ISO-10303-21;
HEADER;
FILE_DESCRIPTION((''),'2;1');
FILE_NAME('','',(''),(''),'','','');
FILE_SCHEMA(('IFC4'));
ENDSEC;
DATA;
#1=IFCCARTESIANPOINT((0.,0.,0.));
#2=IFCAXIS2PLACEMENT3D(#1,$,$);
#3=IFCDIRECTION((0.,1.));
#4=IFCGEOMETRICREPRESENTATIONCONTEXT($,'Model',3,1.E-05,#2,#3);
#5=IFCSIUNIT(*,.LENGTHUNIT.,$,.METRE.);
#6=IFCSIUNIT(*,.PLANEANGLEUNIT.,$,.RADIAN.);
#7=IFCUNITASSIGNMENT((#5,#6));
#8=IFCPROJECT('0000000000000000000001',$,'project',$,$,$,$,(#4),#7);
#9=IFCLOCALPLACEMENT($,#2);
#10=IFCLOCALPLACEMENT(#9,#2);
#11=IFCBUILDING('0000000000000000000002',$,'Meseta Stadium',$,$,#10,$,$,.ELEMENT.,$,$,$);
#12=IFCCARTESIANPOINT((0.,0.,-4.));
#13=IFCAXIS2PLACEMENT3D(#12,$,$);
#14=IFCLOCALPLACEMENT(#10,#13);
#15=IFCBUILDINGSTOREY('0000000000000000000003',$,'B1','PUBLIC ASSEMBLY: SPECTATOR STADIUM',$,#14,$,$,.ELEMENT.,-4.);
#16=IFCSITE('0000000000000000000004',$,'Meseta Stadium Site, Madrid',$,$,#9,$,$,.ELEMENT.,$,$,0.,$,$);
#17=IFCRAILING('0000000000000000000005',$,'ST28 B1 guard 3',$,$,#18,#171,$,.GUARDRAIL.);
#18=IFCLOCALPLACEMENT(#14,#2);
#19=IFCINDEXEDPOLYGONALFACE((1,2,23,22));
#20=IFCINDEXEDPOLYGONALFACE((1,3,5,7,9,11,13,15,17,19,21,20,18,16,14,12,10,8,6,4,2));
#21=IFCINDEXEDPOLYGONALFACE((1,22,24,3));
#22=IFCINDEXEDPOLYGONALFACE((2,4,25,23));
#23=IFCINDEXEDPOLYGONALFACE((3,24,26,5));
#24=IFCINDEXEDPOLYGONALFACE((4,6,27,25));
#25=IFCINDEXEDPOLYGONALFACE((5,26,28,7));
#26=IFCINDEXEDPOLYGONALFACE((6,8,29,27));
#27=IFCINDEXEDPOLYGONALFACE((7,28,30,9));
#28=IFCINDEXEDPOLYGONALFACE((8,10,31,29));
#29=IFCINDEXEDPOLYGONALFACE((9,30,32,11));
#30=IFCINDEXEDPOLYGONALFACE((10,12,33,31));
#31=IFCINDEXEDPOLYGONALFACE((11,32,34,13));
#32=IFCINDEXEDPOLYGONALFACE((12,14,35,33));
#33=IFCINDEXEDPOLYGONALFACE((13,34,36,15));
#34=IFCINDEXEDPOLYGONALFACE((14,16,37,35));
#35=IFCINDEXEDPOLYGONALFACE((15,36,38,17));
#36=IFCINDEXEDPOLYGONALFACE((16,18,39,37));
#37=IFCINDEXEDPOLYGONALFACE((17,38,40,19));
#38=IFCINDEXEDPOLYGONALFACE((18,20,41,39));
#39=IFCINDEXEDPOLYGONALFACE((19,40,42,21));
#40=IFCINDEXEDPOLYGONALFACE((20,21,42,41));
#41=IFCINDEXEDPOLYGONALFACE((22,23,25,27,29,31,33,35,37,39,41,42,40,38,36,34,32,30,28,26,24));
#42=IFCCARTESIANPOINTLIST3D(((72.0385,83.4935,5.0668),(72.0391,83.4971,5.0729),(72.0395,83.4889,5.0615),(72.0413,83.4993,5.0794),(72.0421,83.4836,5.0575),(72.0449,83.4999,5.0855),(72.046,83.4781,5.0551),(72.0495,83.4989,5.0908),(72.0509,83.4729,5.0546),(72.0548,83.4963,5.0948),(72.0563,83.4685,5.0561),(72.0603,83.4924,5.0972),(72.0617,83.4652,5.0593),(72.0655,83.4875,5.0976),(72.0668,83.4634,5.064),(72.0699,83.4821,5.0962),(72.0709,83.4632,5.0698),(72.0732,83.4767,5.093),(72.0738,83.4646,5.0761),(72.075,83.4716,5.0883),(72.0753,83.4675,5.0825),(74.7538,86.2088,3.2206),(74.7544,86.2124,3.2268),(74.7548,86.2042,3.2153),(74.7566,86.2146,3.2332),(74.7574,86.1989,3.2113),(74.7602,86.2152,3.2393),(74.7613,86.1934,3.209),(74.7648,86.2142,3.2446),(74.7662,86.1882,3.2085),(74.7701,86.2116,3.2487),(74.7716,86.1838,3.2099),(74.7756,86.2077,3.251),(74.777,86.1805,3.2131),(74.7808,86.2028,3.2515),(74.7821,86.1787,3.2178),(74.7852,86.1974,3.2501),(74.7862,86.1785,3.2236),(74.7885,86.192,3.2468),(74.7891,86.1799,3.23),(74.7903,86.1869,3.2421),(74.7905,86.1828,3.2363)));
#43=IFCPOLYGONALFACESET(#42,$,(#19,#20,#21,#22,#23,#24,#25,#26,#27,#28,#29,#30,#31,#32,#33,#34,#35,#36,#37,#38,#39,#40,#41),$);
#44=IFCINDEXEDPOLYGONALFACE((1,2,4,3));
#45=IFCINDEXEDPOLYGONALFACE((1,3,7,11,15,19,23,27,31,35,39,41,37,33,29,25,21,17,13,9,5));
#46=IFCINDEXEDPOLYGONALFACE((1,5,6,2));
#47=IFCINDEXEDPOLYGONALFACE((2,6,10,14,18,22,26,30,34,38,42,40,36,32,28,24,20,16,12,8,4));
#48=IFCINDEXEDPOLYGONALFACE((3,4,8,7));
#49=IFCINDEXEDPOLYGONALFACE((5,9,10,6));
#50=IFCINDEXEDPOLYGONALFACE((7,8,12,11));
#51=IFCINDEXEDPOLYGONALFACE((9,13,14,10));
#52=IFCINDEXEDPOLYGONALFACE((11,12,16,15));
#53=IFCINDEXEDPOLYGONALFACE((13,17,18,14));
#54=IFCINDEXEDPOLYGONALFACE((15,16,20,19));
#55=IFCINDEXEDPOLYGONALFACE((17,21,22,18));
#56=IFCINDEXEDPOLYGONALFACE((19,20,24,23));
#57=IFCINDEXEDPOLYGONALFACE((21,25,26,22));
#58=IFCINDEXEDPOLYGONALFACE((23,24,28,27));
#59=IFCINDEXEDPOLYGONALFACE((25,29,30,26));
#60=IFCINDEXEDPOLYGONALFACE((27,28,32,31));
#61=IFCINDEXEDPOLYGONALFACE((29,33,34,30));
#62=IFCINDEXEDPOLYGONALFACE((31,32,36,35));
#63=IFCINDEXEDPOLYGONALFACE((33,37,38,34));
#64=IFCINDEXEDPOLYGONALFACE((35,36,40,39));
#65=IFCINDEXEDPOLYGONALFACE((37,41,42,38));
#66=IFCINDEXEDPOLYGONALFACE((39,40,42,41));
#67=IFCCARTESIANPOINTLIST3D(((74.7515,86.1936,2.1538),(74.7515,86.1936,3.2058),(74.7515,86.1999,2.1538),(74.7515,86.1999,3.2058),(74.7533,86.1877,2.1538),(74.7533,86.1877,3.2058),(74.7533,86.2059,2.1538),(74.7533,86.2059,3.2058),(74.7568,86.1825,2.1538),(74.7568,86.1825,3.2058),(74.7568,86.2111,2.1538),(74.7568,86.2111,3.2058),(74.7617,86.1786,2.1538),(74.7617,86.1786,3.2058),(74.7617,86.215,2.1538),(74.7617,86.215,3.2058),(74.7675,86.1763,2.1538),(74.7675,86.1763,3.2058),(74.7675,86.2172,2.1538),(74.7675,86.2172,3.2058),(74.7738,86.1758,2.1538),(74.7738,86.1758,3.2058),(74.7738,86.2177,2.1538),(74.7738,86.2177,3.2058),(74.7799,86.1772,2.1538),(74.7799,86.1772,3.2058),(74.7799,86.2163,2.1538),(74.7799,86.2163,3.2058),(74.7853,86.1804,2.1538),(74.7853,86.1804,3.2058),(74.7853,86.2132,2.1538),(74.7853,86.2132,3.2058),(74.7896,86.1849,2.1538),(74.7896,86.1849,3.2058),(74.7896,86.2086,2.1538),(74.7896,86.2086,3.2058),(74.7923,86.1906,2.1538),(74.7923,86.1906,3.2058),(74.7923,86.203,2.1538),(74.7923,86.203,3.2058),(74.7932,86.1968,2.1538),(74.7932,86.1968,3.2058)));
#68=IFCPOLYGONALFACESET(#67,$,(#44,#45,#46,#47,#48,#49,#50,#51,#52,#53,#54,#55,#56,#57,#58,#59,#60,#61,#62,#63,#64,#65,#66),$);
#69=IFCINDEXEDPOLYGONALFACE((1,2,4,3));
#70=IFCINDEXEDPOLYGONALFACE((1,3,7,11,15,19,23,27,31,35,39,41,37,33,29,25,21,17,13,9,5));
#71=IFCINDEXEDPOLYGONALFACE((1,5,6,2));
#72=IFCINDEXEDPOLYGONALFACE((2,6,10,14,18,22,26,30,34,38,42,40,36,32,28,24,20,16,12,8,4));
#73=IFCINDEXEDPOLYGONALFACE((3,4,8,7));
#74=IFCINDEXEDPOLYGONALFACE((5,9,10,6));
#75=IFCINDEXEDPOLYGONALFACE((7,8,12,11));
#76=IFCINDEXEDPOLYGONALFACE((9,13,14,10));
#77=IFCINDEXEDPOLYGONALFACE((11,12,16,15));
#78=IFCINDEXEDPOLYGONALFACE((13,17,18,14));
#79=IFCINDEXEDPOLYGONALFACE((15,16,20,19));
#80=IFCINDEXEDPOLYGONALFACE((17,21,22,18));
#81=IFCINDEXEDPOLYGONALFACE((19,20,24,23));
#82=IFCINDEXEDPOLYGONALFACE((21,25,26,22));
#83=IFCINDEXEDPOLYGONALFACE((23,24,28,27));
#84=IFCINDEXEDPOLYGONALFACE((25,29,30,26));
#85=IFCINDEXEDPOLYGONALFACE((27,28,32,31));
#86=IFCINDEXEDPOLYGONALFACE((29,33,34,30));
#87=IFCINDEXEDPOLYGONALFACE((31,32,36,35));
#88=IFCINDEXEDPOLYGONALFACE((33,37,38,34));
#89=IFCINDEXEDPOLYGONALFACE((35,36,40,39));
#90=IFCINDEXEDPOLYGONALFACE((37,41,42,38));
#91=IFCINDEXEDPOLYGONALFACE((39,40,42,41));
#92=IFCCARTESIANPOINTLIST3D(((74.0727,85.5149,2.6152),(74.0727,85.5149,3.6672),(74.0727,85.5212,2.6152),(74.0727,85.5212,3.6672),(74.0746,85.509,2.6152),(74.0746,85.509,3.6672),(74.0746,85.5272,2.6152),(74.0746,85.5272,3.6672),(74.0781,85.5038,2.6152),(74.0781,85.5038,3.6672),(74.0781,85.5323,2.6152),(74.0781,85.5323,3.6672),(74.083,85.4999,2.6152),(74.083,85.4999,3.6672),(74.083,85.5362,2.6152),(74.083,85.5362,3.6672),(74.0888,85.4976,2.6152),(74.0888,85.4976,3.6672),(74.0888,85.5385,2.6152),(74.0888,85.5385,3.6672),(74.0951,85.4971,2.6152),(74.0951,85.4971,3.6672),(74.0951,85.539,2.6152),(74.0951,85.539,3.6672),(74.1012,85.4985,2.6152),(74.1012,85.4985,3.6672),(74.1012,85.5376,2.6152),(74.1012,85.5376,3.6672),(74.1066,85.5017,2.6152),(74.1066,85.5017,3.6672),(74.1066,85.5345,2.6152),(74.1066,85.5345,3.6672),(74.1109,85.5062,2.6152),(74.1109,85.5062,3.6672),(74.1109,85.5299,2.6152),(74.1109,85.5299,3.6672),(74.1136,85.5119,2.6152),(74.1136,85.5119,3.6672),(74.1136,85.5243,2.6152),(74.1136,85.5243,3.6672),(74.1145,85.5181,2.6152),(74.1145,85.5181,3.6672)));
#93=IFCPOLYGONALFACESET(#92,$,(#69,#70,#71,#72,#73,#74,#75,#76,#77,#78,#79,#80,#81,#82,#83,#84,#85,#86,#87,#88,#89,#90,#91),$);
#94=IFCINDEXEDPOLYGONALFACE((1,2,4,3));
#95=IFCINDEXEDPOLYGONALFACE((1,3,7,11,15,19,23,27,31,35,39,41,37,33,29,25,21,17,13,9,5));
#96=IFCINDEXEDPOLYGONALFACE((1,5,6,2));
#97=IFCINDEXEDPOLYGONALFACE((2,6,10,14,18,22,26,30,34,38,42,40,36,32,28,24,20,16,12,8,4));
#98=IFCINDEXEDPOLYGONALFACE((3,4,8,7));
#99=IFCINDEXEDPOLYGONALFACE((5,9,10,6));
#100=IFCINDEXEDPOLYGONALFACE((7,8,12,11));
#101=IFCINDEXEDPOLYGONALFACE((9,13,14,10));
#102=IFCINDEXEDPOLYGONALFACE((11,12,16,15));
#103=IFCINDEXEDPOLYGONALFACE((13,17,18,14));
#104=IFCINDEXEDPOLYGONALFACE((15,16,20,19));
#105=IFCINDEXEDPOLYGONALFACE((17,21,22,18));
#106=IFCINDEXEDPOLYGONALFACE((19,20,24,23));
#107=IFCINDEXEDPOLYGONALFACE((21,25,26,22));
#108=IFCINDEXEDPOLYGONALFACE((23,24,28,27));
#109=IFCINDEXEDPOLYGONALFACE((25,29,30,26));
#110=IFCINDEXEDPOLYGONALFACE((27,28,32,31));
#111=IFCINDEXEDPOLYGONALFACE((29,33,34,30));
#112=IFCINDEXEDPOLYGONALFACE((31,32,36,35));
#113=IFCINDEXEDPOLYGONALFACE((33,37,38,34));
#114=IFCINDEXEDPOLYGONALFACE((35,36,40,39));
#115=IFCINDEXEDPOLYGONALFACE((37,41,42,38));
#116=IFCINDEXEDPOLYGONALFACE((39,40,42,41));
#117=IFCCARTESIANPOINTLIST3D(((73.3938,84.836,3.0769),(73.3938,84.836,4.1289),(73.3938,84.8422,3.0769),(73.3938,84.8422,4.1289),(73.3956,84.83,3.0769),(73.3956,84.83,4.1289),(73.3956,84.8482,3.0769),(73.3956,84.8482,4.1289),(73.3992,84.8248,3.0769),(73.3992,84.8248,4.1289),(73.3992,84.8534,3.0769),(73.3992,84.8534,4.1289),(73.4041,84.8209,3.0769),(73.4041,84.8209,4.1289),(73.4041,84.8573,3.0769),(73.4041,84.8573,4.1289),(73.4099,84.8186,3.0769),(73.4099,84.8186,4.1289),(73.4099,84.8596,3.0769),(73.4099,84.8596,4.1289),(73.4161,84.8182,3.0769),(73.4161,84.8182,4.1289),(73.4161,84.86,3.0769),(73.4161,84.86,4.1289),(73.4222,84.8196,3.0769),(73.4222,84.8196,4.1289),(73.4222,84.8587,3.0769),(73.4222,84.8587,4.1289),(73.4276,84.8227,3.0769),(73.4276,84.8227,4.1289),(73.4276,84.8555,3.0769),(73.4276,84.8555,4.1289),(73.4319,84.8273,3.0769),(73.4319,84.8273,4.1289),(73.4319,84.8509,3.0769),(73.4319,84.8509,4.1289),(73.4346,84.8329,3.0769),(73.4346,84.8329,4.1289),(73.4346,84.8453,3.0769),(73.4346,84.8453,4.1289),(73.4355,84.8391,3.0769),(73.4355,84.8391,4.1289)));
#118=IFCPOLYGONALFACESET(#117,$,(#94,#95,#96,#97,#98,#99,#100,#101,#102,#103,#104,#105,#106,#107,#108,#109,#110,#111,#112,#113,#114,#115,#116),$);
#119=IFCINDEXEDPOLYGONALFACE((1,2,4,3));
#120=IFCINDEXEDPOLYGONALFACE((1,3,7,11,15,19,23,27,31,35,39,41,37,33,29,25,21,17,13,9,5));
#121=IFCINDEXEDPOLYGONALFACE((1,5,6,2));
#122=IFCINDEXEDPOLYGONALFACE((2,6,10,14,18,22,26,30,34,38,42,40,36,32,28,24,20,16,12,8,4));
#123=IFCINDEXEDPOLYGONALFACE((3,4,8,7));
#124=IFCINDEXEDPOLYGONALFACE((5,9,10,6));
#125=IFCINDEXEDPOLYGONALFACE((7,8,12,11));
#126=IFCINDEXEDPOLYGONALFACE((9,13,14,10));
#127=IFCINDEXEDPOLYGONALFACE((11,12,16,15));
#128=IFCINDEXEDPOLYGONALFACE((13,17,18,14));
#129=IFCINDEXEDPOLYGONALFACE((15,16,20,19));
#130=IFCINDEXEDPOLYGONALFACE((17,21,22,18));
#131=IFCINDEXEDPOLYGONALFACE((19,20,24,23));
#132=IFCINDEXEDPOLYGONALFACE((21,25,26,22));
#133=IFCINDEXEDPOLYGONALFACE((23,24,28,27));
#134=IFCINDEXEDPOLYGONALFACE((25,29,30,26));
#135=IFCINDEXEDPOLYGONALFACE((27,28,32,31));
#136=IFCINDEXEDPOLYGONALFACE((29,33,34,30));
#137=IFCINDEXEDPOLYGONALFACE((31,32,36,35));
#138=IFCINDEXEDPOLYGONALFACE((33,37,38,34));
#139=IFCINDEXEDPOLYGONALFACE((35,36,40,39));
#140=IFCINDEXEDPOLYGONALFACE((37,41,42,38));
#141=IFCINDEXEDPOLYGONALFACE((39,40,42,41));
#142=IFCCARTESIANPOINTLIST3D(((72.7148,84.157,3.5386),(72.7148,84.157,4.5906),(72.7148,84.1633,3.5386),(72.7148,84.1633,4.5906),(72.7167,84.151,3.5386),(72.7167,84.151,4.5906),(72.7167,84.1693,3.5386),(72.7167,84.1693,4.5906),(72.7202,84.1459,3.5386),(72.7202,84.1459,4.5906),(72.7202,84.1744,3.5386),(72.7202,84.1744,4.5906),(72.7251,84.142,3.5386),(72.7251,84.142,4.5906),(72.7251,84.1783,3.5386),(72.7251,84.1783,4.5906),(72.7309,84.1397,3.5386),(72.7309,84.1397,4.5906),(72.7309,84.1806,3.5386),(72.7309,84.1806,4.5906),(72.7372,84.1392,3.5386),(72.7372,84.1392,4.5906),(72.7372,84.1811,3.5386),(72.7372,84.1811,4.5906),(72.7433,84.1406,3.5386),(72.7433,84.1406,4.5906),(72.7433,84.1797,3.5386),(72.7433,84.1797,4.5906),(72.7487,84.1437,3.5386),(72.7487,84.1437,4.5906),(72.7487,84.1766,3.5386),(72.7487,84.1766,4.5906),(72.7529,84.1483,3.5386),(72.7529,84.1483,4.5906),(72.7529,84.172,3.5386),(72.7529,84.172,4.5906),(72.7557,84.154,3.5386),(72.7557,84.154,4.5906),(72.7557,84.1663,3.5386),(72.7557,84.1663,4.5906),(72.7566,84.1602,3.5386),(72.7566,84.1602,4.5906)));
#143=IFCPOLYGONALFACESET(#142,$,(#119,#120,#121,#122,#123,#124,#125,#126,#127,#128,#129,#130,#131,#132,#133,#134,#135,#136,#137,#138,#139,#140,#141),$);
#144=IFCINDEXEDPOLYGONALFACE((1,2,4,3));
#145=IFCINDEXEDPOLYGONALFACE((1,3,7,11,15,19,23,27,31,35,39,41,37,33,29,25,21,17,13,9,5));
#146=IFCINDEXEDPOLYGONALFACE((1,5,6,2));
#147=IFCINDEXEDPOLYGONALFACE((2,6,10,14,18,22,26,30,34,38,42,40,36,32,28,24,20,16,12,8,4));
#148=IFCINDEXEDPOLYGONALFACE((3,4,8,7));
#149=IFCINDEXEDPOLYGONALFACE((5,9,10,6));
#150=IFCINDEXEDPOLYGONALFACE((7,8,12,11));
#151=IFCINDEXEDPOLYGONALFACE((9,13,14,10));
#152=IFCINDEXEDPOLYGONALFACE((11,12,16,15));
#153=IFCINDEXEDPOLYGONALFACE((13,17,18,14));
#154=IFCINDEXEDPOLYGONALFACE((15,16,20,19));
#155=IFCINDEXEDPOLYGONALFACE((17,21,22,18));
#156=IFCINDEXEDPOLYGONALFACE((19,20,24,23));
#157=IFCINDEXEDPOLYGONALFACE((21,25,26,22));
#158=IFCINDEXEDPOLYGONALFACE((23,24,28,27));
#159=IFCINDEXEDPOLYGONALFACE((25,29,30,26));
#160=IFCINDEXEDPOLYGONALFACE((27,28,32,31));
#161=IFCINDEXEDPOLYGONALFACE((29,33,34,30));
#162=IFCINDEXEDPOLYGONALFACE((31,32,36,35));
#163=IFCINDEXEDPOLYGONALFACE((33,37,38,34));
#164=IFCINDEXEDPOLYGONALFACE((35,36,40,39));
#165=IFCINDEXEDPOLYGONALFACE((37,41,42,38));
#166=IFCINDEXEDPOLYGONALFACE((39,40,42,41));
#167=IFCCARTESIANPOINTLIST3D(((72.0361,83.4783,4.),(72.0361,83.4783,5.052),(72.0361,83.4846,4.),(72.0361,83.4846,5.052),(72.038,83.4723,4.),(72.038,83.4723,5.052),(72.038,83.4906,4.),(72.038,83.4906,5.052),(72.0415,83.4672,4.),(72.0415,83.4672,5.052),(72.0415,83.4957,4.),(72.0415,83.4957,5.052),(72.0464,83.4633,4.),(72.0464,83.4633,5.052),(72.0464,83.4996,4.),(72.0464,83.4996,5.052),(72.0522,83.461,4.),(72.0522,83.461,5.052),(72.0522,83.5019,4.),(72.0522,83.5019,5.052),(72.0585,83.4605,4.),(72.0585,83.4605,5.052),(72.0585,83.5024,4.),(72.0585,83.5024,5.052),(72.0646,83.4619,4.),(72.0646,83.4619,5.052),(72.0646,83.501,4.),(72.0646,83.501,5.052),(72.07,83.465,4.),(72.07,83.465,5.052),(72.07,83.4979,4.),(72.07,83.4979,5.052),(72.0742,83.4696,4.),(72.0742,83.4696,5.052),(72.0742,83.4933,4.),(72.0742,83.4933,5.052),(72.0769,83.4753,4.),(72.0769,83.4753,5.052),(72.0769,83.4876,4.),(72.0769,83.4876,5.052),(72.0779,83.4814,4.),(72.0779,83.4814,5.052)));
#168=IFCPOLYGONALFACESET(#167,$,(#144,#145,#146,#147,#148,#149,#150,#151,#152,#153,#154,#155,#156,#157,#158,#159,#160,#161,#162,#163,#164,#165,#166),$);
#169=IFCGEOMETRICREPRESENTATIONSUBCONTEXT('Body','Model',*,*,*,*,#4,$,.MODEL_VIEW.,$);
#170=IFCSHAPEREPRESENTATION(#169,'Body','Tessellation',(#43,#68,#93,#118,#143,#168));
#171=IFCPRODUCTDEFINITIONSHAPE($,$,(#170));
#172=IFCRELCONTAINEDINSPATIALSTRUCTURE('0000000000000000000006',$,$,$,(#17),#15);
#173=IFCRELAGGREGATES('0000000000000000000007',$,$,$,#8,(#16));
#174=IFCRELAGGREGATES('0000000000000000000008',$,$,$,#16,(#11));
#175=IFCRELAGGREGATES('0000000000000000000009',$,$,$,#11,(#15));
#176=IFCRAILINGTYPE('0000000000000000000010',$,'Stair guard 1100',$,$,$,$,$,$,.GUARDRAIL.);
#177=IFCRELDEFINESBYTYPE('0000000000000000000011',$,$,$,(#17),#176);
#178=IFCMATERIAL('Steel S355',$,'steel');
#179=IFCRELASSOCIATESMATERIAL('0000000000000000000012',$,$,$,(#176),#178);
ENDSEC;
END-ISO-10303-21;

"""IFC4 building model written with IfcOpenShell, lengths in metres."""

from ifc_helpers import new_model, si_unit, direction, frame, origin, origin_2d, place, context, subcontext, project, spatial, circle, extrude, material, type_object, element, save


model = new_model("IFC4")

# Units and contexts
model_context = context("Model", 3, precision=1e-05, world=origin(), true_north=direction((0.0, 1.0)))
body_context = subcontext(model_context, "Body", "Model", "MODEL_VIEW")
ifc_project = project(units=[si_unit("LENGTHUNIT", "METRE"), si_unit("PLANEANGLEUNIT", "RADIAN")], contexts=[model_context])

# Site, building, storey
site_placement = place(None, origin())
site = spatial("IfcSite", under=ifc_project, at=site_placement, Name="Meseta Stadium Site, Madrid", CompositionType="ELEMENT", RefElevation=0.0)
building_placement = place(site_placement, origin())
building = spatial("IfcBuilding", under=site, at=building_placement, Name="Meseta Stadium", CompositionType="ELEMENT")
storey_placement = place(building_placement, frame((0.0, 0.0, -4.0)))
storey = spatial("IfcBuildingStorey", under=building, at=storey_placement, Name="B1", Description="PUBLIC ASSEMBLY: SPECTATOR STADIUM", CompositionType="ELEMENT", Elevation=-4.0)

# Railing
ifc_material_1 = material(Name="Steel S355", Category="steel")
railing_type_1 = type_object("IfcRailingType", Name="Stair guard 1100", PredefinedType="GUARDRAIL", material=ifc_material_1)
railing_1_placement = place(storey_placement, frame((74.7722, 86.1968, 2.1538)))
element("IfcRailing", 1, at=railing_1_placement, inside=storey, type_object=railing_type_1, Name="ST28 B1 guard 3", PredefinedType="GUARDRAIL", context=body_context, shape_type="SweptSolid", body=[
    extrude(circle(Radius=0.0239, at=origin_2d()), frame((0.0, 0.0, 1.0762), z_axis=(-0.637281, -0.637281, 0.433296), x_axis=(0.707107, -0.707107, 0.0)), (0.0, 0.0, 1.0), 4.2607),
    extrude(circle(Radius=0.021, at=origin_2d()), origin(), (0.0, 0.0, 1.0), 1.052),
    extrude(circle(Radius=0.021, at=origin_2d()), frame((-0.6787, -0.6787, 0.4614)), (0.0, 0.0, 1.0), 1.052),
    extrude(circle(Radius=0.021, at=origin_2d()), frame((-1.3577, -1.3577, 0.9231)), (0.0, 0.0, 1.0), 1.052),
    extrude(circle(Radius=0.021, at=origin_2d()), frame((-2.0366, -2.0366, 1.3848)), (0.0, 0.0, 1.0), 1.052),
    extrude(circle(Radius=0.021, at=origin_2d()), frame((-2.7153, -2.7153, 1.8462)), (0.0, 0.0, 1.0), 1.052),
])

save(model, "model.ifc")
